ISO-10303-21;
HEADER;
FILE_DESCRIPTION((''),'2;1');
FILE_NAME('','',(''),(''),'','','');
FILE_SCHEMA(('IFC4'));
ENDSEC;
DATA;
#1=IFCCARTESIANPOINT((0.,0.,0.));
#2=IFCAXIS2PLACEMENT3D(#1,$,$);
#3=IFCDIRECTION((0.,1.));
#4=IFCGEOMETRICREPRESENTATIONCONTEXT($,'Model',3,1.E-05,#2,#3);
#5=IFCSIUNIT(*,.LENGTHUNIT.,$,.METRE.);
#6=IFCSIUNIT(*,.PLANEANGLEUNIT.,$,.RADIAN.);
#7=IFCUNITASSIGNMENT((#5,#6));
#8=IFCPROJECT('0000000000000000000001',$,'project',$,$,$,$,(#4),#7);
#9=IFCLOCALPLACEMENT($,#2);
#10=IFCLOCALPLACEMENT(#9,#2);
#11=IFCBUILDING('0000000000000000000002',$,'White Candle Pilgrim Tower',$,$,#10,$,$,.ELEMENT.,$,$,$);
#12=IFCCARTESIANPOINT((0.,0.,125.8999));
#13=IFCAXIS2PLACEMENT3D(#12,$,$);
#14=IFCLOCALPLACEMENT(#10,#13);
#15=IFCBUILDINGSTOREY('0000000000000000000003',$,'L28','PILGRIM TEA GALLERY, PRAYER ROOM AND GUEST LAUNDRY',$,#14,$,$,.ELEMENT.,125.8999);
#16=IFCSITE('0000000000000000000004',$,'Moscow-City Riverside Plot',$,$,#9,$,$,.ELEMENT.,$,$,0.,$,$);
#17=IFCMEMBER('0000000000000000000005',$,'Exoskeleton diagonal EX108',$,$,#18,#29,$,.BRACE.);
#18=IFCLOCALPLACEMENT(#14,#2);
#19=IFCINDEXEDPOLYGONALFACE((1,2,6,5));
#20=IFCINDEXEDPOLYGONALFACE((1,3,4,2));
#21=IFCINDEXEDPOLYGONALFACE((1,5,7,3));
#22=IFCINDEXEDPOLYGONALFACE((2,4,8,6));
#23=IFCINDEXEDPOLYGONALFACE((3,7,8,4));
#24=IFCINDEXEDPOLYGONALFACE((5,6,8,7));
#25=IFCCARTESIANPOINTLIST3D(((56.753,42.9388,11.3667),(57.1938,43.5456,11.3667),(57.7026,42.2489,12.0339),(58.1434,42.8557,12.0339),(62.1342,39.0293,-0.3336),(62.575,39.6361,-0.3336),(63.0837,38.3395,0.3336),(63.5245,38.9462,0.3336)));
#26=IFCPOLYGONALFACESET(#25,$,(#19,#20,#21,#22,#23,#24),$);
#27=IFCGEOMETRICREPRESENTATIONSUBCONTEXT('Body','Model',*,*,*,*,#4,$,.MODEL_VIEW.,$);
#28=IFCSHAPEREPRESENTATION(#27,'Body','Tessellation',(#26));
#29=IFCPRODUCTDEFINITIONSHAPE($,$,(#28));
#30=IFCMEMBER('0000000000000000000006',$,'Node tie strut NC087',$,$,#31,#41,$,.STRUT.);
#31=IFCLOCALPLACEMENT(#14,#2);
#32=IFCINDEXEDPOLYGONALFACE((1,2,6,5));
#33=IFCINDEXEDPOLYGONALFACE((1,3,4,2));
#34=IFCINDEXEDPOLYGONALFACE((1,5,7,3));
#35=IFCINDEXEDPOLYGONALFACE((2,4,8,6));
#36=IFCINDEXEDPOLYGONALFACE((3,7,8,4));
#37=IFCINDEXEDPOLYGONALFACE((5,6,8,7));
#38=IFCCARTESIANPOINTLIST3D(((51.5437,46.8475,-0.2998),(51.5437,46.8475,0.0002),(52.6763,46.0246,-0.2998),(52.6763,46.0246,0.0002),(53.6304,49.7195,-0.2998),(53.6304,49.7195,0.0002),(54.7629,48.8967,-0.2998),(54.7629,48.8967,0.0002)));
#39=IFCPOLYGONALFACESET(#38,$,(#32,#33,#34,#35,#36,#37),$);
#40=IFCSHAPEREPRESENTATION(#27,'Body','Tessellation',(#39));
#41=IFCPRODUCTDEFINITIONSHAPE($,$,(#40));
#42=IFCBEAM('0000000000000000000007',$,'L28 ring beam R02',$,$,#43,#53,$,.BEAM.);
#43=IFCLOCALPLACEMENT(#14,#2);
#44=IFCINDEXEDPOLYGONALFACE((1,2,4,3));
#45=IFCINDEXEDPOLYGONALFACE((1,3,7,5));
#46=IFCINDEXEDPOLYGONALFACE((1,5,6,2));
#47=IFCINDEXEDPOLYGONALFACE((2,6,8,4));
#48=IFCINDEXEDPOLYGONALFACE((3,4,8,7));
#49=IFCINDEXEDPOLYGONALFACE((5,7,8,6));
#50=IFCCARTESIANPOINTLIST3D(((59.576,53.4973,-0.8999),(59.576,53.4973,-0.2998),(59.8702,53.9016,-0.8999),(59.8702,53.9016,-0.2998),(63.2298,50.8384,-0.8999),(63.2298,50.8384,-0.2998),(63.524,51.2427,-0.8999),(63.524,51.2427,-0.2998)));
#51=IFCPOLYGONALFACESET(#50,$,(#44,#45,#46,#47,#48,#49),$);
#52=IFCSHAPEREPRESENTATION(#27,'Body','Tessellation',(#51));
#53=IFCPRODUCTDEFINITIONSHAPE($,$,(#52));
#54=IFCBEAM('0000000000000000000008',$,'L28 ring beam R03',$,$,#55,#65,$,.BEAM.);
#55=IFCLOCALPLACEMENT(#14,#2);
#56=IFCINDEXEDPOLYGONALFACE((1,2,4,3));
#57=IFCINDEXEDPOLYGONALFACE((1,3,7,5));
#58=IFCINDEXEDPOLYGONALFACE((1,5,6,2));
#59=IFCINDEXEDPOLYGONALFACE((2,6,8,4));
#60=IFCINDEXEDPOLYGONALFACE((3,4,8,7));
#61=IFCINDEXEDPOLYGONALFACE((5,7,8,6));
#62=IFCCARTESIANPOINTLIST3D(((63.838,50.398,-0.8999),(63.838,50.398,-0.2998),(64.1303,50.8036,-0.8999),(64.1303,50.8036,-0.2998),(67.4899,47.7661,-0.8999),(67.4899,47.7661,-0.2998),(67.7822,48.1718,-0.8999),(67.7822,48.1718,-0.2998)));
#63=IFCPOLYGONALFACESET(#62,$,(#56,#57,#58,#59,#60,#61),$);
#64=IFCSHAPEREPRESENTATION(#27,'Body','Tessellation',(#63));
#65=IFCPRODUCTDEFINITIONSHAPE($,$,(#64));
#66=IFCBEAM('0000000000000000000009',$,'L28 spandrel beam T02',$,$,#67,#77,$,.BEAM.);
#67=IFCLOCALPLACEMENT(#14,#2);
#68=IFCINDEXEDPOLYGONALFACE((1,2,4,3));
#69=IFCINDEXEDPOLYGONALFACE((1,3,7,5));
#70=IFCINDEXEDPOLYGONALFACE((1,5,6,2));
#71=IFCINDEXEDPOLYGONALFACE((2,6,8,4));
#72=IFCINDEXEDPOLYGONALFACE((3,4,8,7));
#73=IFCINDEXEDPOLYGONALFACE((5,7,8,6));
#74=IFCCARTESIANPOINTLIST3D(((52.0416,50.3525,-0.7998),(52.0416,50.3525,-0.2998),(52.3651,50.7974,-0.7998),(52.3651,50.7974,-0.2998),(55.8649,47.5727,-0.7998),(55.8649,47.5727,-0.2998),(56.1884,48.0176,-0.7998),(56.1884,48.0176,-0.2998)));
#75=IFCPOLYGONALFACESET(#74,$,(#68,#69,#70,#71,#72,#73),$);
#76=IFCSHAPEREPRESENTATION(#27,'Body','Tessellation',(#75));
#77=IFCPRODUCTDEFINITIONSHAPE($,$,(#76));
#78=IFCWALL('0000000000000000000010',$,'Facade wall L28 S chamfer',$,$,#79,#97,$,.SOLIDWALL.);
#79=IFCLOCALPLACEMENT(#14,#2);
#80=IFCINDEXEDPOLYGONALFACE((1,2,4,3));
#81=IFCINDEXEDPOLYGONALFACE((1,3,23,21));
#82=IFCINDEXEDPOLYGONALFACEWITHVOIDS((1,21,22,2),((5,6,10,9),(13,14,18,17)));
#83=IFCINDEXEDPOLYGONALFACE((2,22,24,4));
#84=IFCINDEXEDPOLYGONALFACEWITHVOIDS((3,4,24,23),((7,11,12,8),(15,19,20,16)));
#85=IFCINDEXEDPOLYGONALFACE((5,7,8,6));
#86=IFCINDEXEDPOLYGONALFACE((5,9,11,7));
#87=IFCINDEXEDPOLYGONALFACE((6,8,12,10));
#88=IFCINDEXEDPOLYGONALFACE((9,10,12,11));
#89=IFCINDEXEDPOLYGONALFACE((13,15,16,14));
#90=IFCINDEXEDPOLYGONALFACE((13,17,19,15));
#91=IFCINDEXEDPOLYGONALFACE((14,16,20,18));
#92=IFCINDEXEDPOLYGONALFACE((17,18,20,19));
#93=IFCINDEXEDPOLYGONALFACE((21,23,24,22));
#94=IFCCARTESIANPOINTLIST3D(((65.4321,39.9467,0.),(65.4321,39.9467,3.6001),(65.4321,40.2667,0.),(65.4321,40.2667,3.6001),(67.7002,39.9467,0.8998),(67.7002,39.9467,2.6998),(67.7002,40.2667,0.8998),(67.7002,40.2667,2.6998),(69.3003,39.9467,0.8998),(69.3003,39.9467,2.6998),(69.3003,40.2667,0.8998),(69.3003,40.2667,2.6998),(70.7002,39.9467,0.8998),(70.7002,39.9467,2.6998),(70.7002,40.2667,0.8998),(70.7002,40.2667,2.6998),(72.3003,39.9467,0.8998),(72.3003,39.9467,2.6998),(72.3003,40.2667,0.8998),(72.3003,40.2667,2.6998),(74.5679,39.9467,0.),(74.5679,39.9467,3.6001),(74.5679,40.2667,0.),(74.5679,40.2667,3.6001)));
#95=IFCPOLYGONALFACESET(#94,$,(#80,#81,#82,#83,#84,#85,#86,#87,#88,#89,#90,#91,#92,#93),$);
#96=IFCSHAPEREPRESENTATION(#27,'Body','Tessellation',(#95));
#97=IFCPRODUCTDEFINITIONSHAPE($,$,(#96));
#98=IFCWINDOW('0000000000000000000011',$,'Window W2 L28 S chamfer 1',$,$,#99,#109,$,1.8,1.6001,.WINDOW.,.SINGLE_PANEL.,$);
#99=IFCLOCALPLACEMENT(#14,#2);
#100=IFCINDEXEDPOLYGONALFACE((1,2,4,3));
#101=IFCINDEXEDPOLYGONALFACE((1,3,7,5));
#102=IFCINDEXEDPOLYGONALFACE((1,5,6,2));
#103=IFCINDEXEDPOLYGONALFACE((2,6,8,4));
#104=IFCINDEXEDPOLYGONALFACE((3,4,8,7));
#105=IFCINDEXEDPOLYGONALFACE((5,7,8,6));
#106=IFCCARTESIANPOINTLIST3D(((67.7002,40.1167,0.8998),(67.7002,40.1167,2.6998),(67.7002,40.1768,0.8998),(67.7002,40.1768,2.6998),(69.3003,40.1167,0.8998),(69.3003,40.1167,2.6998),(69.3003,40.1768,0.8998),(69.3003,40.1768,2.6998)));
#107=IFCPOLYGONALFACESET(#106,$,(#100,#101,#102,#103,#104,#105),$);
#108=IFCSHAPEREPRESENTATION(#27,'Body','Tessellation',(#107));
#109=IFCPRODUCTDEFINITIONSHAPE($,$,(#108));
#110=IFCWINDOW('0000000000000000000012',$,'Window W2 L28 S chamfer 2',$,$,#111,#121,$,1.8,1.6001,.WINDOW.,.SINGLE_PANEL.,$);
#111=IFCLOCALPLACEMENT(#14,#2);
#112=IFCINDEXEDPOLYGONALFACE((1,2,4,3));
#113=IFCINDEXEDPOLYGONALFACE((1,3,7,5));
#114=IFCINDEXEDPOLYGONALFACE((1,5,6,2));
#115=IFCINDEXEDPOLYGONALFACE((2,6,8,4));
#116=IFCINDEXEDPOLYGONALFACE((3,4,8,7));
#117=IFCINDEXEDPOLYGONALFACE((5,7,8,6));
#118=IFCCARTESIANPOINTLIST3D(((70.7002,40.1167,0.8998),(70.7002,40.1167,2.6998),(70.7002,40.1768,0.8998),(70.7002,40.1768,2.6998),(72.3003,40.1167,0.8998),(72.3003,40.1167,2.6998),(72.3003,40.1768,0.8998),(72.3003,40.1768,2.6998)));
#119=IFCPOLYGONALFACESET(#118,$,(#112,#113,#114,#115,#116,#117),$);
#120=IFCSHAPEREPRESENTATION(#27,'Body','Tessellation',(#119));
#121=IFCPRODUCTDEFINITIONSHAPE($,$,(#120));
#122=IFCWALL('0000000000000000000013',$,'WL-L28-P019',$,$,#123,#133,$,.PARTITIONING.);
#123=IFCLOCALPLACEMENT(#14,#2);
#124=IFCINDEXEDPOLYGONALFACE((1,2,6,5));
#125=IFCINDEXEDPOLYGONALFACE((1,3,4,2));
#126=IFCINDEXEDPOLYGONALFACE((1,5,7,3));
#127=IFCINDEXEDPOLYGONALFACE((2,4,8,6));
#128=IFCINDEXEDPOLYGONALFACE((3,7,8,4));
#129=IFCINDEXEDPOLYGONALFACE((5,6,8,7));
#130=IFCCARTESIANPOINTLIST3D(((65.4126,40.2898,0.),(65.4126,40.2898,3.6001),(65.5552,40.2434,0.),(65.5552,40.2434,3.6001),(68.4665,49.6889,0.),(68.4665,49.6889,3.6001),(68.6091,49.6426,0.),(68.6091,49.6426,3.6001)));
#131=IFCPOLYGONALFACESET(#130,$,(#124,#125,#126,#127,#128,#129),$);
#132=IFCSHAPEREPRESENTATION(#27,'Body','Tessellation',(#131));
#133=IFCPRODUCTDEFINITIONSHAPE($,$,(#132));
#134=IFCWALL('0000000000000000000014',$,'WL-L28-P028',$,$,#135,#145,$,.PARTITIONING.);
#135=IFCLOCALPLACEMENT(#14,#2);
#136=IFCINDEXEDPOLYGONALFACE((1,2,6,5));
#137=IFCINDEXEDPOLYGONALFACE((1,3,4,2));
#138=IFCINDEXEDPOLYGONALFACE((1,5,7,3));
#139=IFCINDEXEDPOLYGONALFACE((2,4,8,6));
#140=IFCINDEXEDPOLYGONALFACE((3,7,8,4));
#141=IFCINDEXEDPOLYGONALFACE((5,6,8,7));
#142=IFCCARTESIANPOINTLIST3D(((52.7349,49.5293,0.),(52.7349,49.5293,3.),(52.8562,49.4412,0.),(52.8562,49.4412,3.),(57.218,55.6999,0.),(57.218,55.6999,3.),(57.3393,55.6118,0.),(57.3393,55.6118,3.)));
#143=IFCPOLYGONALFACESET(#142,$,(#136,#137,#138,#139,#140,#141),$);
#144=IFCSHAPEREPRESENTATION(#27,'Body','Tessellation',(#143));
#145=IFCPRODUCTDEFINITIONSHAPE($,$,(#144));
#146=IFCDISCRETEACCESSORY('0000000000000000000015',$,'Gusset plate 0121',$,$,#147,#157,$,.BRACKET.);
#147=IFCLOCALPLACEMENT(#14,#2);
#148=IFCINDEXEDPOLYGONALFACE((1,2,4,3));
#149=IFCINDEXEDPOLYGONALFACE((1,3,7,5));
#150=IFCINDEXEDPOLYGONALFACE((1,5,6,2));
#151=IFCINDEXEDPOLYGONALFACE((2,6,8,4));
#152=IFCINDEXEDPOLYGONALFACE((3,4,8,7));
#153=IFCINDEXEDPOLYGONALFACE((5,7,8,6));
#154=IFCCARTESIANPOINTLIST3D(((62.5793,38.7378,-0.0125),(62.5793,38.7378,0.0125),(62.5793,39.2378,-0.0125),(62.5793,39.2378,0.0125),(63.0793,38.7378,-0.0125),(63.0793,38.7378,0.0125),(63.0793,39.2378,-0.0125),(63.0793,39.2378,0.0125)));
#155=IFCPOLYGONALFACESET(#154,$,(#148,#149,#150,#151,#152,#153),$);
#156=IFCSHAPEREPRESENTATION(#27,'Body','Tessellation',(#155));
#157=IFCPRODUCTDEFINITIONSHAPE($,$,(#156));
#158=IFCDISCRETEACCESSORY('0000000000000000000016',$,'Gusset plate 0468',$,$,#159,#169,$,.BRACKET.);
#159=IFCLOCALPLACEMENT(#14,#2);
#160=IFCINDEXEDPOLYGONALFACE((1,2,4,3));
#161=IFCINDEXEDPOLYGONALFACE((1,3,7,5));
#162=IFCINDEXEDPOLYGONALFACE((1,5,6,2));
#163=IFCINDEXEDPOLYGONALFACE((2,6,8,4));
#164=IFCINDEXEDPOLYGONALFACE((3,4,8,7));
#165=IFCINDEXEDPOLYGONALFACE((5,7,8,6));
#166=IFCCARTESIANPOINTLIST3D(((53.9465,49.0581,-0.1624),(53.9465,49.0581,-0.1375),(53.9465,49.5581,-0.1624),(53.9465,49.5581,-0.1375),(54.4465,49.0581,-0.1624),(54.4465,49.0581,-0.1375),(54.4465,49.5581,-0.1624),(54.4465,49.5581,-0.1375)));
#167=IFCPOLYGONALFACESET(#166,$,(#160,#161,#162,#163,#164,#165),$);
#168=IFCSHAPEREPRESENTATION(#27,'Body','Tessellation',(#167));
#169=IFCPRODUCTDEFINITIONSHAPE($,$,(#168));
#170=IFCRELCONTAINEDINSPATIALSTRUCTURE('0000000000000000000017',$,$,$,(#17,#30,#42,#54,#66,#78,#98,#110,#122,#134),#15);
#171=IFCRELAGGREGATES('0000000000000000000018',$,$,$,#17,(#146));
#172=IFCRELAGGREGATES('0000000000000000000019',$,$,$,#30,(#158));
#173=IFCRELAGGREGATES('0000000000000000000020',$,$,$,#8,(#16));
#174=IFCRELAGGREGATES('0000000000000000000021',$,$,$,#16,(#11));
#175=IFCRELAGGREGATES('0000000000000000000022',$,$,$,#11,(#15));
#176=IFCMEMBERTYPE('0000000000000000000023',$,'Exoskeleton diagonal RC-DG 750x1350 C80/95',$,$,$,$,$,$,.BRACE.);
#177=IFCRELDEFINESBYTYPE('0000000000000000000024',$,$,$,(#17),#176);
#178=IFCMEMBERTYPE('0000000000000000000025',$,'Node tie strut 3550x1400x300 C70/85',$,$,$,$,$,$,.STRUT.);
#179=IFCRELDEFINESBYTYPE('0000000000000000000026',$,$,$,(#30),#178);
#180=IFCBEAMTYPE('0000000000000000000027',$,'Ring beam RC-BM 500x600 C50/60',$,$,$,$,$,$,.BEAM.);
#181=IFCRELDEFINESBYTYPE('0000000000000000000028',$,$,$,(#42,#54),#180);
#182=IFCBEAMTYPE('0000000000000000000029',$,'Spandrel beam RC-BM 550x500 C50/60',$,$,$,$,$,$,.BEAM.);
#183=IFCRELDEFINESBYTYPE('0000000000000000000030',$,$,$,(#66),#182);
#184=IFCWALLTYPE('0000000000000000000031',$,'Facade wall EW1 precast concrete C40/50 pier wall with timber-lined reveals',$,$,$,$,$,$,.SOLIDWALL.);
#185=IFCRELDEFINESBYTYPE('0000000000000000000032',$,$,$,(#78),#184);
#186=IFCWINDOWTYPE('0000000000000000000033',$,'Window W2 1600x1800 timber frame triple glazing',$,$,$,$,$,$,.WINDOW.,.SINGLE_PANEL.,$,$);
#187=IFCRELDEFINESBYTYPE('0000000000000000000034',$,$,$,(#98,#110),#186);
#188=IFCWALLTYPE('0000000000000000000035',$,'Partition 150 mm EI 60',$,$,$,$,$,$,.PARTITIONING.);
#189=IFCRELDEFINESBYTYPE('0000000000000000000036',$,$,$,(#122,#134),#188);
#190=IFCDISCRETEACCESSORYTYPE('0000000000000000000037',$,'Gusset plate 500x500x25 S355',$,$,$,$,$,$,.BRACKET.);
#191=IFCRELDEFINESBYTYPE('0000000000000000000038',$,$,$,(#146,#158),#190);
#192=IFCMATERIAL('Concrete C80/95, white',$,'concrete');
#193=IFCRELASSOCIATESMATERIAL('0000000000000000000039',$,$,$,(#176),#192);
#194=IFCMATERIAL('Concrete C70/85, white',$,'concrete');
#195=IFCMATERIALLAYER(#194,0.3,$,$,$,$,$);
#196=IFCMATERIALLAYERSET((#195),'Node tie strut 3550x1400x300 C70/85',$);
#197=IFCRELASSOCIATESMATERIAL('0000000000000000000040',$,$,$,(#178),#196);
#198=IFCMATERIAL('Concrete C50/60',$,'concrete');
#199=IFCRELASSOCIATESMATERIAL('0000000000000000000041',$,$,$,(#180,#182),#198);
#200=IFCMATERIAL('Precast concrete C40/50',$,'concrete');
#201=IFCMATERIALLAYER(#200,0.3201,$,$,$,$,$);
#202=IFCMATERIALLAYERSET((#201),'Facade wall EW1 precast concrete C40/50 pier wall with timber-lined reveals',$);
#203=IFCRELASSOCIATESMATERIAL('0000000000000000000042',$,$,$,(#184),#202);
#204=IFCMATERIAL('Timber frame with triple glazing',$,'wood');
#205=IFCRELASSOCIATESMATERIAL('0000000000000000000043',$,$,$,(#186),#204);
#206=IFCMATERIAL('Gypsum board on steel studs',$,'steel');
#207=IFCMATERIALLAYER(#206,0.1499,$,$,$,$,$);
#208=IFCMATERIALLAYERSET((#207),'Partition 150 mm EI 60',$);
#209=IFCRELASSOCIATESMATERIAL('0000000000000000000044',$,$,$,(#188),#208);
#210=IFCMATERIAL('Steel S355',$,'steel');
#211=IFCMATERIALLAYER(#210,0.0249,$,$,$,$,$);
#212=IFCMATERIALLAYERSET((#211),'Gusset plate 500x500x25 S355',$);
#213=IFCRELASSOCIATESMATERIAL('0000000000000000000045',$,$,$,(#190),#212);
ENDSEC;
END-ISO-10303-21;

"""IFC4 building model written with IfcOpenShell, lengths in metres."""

from ifc_helpers import new_model, si_unit, direction, frame, frame_2d, origin, origin_2d, place, context, subcontext, project, spatial, rectangle, extrude, material, layer, layer_set, material_profile, profile_set, type_object, element, fill, aggregate, save


model = new_model("IFC4")

# Units and contexts
model_context = context("Model", 3, precision=1e-05, world=origin(), true_north=direction((0.0, 1.0)))
body_context = subcontext(model_context, "Body", "Model", "MODEL_VIEW")
ifc_project = project(units=[si_unit("LENGTHUNIT", "METRE"), si_unit("PLANEANGLEUNIT", "RADIAN")], contexts=[model_context])

# Site, building, storey
site_placement = place(None, origin())
site = spatial("IfcSite", under=ifc_project, at=site_placement, Name="Moscow-City Riverside Plot", CompositionType="ELEMENT", RefElevation=0.0)
building_placement = place(site_placement, origin())
building = spatial("IfcBuilding", under=site, at=building_placement, Name="White Candle Pilgrim Tower", CompositionType="ELEMENT")
storey_placement = place(building_placement, frame((0.0, 0.0, 125.8999)))
storey = spatial("IfcBuildingStorey", under=building, at=storey_placement, Name="L28", Description="PILGRIM TEA GALLERY, PRAYER ROOM AND GUEST LAUNDRY", CompositionType="ELEMENT", Elevation=125.8999)

# Members
ifc_material_1 = material(Name="Concrete C80/95, white", Category="concrete")
ifc_material_profile_1 = material_profile(ifc_material_1, rectangle(XDim=0.75, YDim=1.3501, at=origin_2d()), Name="RC-DG 750x1350")
ifc_profile_set_1 = profile_set([ifc_material_profile_1], Name="Concrete C80/95, white")
member_type_1 = type_object("IfcMemberType", Name="Exoskeleton diagonal RC-DG 750x1350 C80/95", PredefinedType="BRACE", material=ifc_profile_set_1)
member_1_placement = place(storey_placement, frame((62.8293, 38.9878, 0.0), z_axis=(-0.399826, 0.290477, 0.869346), x_axis=(-0.587768, -0.80903, 0.0)))
member_1 = element("IfcMember", 1, at=member_1_placement, inside=storey, type_object=member_type_1, Name="Exoskeleton diagonal EX108", PredefinedType="BRACE", context=body_context, shape_type="SweptSolid", body=[
    extrude(rectangle(XDim=0.75, YDim=1.3501, at=origin_2d()), origin(), (0.0, 0.0, 1.0), 13.4587),
])
ifc_material_2 = material(Name="Concrete C70/85, white", Category="concrete")
ifc_layer_1 = layer(ifc_material_2, 0.3)
ifc_layer_set_1 = layer_set([ifc_layer_1], Name="Node tie strut 3550x1400x300 C70/85")
member_type_2 = type_object("IfcMemberType", Name="Node tie strut 3550x1400x300 C70/85", PredefinedType="STRUT", material=ifc_layer_set_1)
member_2_placement = place(storey_placement, frame((53.1533, 47.8721, -0.2998), z_axis=(0.0, 0.0, 1.0), x_axis=(0.809017, -0.587785, 0.0)))
member_2 = element("IfcMember", 2, at=member_2_placement, inside=storey, type_object=member_type_2, Name="Node tie strut NC087", PredefinedType="STRUT", context=body_context, shape_type="SweptSolid", body=[
    extrude(rectangle(XDim=1.3999, YDim=3.55, at=origin_2d()), origin(), (0.0, 0.0, 1.0), 0.3),
])

# Beams
ifc_material_3 = material(Name="Concrete C50/60", Category="concrete")
ifc_material_profile_2 = material_profile(ifc_material_3, rectangle(XDim=0.5, YDim=0.6001, at=origin_2d()), Name="RC-BM 500x600")
ifc_profile_set_2 = profile_set([ifc_material_profile_2], Name="Concrete C50/60")
beam_type_1 = type_object("IfcBeamType", Name="Ring beam RC-BM 500x600 C50/60", PredefinedType="BEAM", material=ifc_profile_set_2)
beam_1_placement = place(storey_placement, frame((59.7231, 53.6995, -0.5999), z_axis=(0.808566, -0.588406, 0.0), x_axis=(0.588406, 0.808566, 0.0)))
element("IfcBeam", 3, at=beam_1_placement, inside=storey, type_object=beam_type_1, Name="L28 ring beam R02", PredefinedType="BEAM", context=body_context, shape_type="SweptSolid", body=[
    extrude(rectangle(XDim=0.5, YDim=0.6001, at=origin_2d()), origin(), (0.0, 0.0, 1.0), 4.5188),
])
beam_2_placement = place(storey_placement, frame((63.9841, 50.6008, -0.5999), z_axis=(0.811271, -0.58467, 0.0), x_axis=(0.58467, 0.811271, 0.0)))
element("IfcBeam", 4, at=beam_2_placement, inside=storey, type_object=beam_type_1, Name="L28 ring beam R03", PredefinedType="BEAM", context=body_context, shape_type="SweptSolid", body=[
    extrude(rectangle(XDim=0.5, YDim=0.6001, at=origin_2d()), origin(), (0.0, 0.0, 1.0), 4.5015),
])
ifc_material_profile_3 = material_profile(ifc_material_3, rectangle(XDim=0.55, YDim=0.5, at=origin_2d()), Name="RC-BM 550x500")
ifc_profile_set_3 = profile_set([ifc_material_profile_3], Name="Concrete C50/60")
beam_type_2 = type_object("IfcBeamType", Name="Spandrel beam RC-BM 550x500 C50/60", PredefinedType="BEAM", material=ifc_profile_set_3)
beam_3_placement = place(storey_placement, frame((52.2034, 50.575, -0.5498), z_axis=(0.808812, -0.588067, 0.0), x_axis=(0.588067, 0.808812, 0.0)))
element("IfcBeam", 5, at=beam_3_placement, inside=storey, type_object=beam_type_2, Name="L28 spandrel beam T02", PredefinedType="BEAM", context=body_context, shape_type="SweptSolid", body=[
    extrude(rectangle(XDim=0.55, YDim=0.5, at=origin_2d()), origin(), (0.0, 0.0, 1.0), 4.7271),
])

# Wall, openings, windows
ifc_material_4 = material(Name="Precast concrete C40/50", Category="concrete")
ifc_layer_2 = layer(ifc_material_4, 0.3201)
ifc_layer_set_2 = layer_set([ifc_layer_2], Name="Facade wall EW1 precast concrete C40/50 pier wall with timber-lined reveals")
wall_type_1 = type_object("IfcWallType", Name="Facade wall EW1 precast concrete C40/50 pier wall with timber-lined reveals", PredefinedType="SOLIDWALL", material=ifc_layer_set_2)
wall_1_placement = place(storey_placement, frame((65.4321, 40.1067, 0.0), z_axis=(0.0, 0.0, 1.0), x_axis=(1.0, 0.0, 0.0)))
wall_1 = element("IfcWall", 6, at=wall_1_placement, inside=storey, type_object=wall_type_1, Name="Facade wall L28 S chamfer", PredefinedType="SOLIDWALL", context=body_context, shape_type="SweptSolid", body=[
    extrude(rectangle(XDim=9.1357, YDim=0.3201, at=frame_2d((4.5679, 0.0))), origin(), (0.0, 0.0, 1.0), 3.6001),
])
opening_1_placement = place(wall_1_placement, frame((2.2681, 0.0, 0.8999)))
opening_1 = element("IfcOpeningElement", 7, at=opening_1_placement, cuts=wall_1, PredefinedType="OPENING", context=body_context, shape_type="SweptSolid", body=[
    extrude(rectangle(XDim=1.6001, YDim=1.8, at=frame_2d((0.8, 0.8999))), frame((0.0, 0.1699, 0.0), z_axis=(0.0, -1.0, 0.0), x_axis=(1.0, 0.0, 0.0)), (0.0, 0.0, 1.0), 0.3401),
])
opening_2_placement = place(wall_1_placement, frame((5.2681, 0.0, 0.8999)))
opening_2 = element("IfcOpeningElement", 8, at=opening_2_placement, cuts=wall_1, PredefinedType="OPENING", context=body_context, shape_type="SweptSolid", body=[
    extrude(rectangle(XDim=1.6001, YDim=1.8, at=frame_2d((0.8, 0.8999))), frame((0.0, 0.1699, 0.0), z_axis=(0.0, -1.0, 0.0), x_axis=(1.0, 0.0, 0.0)), (0.0, 0.0, 1.0), 0.3401),
])
ifc_material_5 = material(Name="Timber frame with triple glazing", Category="wood")
window_type = type_object("IfcWindowType", Name="Window W2 1600x1800 timber frame triple glazing", PartitioningType="SINGLE_PANEL", PredefinedType="WINDOW", material=ifc_material_5)
window_1_placement = place(opening_1_placement, origin())
window_1 = element("IfcWindow", 9, at=window_1_placement, inside=storey, type_object=window_type, Name="Window W2 L28 S chamfer 1", OverallHeight=1.8, OverallWidth=1.6001, PartitioningType="SINGLE_PANEL", PredefinedType="WINDOW", context=body_context, shape_type="SweptSolid", body=[
    extrude(rectangle(XDim=1.6001, YDim=1.8, at=frame_2d((0.8, 0.8999))), frame((0.0, 0.0701, 0.0), z_axis=(0.0, -1.0, 0.0), x_axis=(1.0, 0.0, 0.0)), (0.0, 0.0, 1.0), 0.0601),
])
fill(opening_1, window_1)
window_2_placement = place(opening_2_placement, origin())
window_2 = element("IfcWindow", 10, at=window_2_placement, inside=storey, type_object=window_type, Name="Window W2 L28 S chamfer 2", OverallHeight=1.8, OverallWidth=1.6001, PartitioningType="SINGLE_PANEL", PredefinedType="WINDOW", context=body_context, shape_type="SweptSolid", body=[
    extrude(rectangle(XDim=1.6001, YDim=1.8, at=frame_2d((0.8, 0.8999))), frame((0.0, 0.0701, 0.0), z_axis=(0.0, -1.0, 0.0), x_axis=(1.0, 0.0, 0.0)), (0.0, 0.0, 1.0), 0.0601),
])
fill(opening_2, window_2)

# Walls
ifc_material_6 = material(Name="Gypsum board on steel studs", Category="steel")
ifc_layer_3 = layer(ifc_material_6, 0.1499)
ifc_layer_set_3 = layer_set([ifc_layer_3], Name="Partition 150 mm EI 60")
wall_type_2 = type_object("IfcWallType", Name="Partition 150 mm EI 60", PredefinedType="PARTITIONING", material=ifc_layer_set_3)
wall_2_placement = place(storey_placement, frame((65.4839, 40.2666, 0.0), z_axis=(0.0, 0.0, 1.0), x_axis=(0.309015, 0.951057, 0.0)))
element("IfcWall", 11, at=wall_2_placement, inside=storey, type_object=wall_type_2, Name="WL-L28-P019", PredefinedType="PARTITIONING", context=body_context, shape_type="SweptSolid", body=[
    extrude(rectangle(XDim=9.8828, YDim=0.1499, at=frame_2d((4.9414, 0.0))), origin(), (0.0, 0.0, 1.0), 3.6001),
])
wall_3_placement = place(storey_placement, frame((52.7957, 49.4854, 0.0), z_axis=(0.0, 0.0, 1.0), x_axis=(0.587778, 0.809023, 0.0)))
element("IfcWall", 12, at=wall_3_placement, inside=storey, type_object=wall_type_2, Name="WL-L28-P028", PredefinedType="PARTITIONING", context=body_context, shape_type="SweptSolid", body=[
    extrude(rectangle(XDim=7.6272, YDim=0.1499, at=frame_2d((3.8135, 0.0))), origin(), (0.0, 0.0, 1.0), 3.0),
])

# Discrete accessories
ifc_material_7 = material(Name="Steel S355", Category="steel")
ifc_layer_4 = layer(ifc_material_7, 0.0249)
ifc_layer_set_4 = layer_set([ifc_layer_4], Name="Gusset plate 500x500x25 S355")
discrete_accessory_type = type_object("IfcDiscreteAccessoryType", Name="Gusset plate 500x500x25 S355", PredefinedType="BRACKET", material=ifc_layer_set_4)
discrete_accessory_1_placement = place(storey_placement, frame((62.8293, 38.9878, -0.0125), z_axis=(0.0, 0.0, 1.0), x_axis=(1.0, 0.0, 0.0)))
discrete_accessory_1 = element("IfcDiscreteAccessory", 13, at=discrete_accessory_1_placement, type_object=discrete_accessory_type, Name="Gusset plate 0121", PredefinedType="BRACKET", context=body_context, shape_type="SweptSolid", body=[
    extrude(rectangle(XDim=0.5, YDim=0.5, at=origin_2d()), origin(), (0.0, 0.0, 1.0), 0.0249),
])
aggregate(member_1, [discrete_accessory_1])
discrete_accessory_2_placement = place(storey_placement, frame((54.1965, 49.3081, -0.1624), z_axis=(0.0, 0.0, 1.0), x_axis=(1.0, 0.0, 0.0)))
discrete_accessory_2 = element("IfcDiscreteAccessory", 14, at=discrete_accessory_2_placement, type_object=discrete_accessory_type, Name="Gusset plate 0468", PredefinedType="BRACKET", context=body_context, shape_type="SweptSolid", body=[
    extrude(rectangle(XDim=0.5, YDim=0.5, at=origin_2d()), origin(), (0.0, 0.0, 1.0), 0.0249),
])
aggregate(member_2, [discrete_accessory_2])

save(model, "model.ifc")
